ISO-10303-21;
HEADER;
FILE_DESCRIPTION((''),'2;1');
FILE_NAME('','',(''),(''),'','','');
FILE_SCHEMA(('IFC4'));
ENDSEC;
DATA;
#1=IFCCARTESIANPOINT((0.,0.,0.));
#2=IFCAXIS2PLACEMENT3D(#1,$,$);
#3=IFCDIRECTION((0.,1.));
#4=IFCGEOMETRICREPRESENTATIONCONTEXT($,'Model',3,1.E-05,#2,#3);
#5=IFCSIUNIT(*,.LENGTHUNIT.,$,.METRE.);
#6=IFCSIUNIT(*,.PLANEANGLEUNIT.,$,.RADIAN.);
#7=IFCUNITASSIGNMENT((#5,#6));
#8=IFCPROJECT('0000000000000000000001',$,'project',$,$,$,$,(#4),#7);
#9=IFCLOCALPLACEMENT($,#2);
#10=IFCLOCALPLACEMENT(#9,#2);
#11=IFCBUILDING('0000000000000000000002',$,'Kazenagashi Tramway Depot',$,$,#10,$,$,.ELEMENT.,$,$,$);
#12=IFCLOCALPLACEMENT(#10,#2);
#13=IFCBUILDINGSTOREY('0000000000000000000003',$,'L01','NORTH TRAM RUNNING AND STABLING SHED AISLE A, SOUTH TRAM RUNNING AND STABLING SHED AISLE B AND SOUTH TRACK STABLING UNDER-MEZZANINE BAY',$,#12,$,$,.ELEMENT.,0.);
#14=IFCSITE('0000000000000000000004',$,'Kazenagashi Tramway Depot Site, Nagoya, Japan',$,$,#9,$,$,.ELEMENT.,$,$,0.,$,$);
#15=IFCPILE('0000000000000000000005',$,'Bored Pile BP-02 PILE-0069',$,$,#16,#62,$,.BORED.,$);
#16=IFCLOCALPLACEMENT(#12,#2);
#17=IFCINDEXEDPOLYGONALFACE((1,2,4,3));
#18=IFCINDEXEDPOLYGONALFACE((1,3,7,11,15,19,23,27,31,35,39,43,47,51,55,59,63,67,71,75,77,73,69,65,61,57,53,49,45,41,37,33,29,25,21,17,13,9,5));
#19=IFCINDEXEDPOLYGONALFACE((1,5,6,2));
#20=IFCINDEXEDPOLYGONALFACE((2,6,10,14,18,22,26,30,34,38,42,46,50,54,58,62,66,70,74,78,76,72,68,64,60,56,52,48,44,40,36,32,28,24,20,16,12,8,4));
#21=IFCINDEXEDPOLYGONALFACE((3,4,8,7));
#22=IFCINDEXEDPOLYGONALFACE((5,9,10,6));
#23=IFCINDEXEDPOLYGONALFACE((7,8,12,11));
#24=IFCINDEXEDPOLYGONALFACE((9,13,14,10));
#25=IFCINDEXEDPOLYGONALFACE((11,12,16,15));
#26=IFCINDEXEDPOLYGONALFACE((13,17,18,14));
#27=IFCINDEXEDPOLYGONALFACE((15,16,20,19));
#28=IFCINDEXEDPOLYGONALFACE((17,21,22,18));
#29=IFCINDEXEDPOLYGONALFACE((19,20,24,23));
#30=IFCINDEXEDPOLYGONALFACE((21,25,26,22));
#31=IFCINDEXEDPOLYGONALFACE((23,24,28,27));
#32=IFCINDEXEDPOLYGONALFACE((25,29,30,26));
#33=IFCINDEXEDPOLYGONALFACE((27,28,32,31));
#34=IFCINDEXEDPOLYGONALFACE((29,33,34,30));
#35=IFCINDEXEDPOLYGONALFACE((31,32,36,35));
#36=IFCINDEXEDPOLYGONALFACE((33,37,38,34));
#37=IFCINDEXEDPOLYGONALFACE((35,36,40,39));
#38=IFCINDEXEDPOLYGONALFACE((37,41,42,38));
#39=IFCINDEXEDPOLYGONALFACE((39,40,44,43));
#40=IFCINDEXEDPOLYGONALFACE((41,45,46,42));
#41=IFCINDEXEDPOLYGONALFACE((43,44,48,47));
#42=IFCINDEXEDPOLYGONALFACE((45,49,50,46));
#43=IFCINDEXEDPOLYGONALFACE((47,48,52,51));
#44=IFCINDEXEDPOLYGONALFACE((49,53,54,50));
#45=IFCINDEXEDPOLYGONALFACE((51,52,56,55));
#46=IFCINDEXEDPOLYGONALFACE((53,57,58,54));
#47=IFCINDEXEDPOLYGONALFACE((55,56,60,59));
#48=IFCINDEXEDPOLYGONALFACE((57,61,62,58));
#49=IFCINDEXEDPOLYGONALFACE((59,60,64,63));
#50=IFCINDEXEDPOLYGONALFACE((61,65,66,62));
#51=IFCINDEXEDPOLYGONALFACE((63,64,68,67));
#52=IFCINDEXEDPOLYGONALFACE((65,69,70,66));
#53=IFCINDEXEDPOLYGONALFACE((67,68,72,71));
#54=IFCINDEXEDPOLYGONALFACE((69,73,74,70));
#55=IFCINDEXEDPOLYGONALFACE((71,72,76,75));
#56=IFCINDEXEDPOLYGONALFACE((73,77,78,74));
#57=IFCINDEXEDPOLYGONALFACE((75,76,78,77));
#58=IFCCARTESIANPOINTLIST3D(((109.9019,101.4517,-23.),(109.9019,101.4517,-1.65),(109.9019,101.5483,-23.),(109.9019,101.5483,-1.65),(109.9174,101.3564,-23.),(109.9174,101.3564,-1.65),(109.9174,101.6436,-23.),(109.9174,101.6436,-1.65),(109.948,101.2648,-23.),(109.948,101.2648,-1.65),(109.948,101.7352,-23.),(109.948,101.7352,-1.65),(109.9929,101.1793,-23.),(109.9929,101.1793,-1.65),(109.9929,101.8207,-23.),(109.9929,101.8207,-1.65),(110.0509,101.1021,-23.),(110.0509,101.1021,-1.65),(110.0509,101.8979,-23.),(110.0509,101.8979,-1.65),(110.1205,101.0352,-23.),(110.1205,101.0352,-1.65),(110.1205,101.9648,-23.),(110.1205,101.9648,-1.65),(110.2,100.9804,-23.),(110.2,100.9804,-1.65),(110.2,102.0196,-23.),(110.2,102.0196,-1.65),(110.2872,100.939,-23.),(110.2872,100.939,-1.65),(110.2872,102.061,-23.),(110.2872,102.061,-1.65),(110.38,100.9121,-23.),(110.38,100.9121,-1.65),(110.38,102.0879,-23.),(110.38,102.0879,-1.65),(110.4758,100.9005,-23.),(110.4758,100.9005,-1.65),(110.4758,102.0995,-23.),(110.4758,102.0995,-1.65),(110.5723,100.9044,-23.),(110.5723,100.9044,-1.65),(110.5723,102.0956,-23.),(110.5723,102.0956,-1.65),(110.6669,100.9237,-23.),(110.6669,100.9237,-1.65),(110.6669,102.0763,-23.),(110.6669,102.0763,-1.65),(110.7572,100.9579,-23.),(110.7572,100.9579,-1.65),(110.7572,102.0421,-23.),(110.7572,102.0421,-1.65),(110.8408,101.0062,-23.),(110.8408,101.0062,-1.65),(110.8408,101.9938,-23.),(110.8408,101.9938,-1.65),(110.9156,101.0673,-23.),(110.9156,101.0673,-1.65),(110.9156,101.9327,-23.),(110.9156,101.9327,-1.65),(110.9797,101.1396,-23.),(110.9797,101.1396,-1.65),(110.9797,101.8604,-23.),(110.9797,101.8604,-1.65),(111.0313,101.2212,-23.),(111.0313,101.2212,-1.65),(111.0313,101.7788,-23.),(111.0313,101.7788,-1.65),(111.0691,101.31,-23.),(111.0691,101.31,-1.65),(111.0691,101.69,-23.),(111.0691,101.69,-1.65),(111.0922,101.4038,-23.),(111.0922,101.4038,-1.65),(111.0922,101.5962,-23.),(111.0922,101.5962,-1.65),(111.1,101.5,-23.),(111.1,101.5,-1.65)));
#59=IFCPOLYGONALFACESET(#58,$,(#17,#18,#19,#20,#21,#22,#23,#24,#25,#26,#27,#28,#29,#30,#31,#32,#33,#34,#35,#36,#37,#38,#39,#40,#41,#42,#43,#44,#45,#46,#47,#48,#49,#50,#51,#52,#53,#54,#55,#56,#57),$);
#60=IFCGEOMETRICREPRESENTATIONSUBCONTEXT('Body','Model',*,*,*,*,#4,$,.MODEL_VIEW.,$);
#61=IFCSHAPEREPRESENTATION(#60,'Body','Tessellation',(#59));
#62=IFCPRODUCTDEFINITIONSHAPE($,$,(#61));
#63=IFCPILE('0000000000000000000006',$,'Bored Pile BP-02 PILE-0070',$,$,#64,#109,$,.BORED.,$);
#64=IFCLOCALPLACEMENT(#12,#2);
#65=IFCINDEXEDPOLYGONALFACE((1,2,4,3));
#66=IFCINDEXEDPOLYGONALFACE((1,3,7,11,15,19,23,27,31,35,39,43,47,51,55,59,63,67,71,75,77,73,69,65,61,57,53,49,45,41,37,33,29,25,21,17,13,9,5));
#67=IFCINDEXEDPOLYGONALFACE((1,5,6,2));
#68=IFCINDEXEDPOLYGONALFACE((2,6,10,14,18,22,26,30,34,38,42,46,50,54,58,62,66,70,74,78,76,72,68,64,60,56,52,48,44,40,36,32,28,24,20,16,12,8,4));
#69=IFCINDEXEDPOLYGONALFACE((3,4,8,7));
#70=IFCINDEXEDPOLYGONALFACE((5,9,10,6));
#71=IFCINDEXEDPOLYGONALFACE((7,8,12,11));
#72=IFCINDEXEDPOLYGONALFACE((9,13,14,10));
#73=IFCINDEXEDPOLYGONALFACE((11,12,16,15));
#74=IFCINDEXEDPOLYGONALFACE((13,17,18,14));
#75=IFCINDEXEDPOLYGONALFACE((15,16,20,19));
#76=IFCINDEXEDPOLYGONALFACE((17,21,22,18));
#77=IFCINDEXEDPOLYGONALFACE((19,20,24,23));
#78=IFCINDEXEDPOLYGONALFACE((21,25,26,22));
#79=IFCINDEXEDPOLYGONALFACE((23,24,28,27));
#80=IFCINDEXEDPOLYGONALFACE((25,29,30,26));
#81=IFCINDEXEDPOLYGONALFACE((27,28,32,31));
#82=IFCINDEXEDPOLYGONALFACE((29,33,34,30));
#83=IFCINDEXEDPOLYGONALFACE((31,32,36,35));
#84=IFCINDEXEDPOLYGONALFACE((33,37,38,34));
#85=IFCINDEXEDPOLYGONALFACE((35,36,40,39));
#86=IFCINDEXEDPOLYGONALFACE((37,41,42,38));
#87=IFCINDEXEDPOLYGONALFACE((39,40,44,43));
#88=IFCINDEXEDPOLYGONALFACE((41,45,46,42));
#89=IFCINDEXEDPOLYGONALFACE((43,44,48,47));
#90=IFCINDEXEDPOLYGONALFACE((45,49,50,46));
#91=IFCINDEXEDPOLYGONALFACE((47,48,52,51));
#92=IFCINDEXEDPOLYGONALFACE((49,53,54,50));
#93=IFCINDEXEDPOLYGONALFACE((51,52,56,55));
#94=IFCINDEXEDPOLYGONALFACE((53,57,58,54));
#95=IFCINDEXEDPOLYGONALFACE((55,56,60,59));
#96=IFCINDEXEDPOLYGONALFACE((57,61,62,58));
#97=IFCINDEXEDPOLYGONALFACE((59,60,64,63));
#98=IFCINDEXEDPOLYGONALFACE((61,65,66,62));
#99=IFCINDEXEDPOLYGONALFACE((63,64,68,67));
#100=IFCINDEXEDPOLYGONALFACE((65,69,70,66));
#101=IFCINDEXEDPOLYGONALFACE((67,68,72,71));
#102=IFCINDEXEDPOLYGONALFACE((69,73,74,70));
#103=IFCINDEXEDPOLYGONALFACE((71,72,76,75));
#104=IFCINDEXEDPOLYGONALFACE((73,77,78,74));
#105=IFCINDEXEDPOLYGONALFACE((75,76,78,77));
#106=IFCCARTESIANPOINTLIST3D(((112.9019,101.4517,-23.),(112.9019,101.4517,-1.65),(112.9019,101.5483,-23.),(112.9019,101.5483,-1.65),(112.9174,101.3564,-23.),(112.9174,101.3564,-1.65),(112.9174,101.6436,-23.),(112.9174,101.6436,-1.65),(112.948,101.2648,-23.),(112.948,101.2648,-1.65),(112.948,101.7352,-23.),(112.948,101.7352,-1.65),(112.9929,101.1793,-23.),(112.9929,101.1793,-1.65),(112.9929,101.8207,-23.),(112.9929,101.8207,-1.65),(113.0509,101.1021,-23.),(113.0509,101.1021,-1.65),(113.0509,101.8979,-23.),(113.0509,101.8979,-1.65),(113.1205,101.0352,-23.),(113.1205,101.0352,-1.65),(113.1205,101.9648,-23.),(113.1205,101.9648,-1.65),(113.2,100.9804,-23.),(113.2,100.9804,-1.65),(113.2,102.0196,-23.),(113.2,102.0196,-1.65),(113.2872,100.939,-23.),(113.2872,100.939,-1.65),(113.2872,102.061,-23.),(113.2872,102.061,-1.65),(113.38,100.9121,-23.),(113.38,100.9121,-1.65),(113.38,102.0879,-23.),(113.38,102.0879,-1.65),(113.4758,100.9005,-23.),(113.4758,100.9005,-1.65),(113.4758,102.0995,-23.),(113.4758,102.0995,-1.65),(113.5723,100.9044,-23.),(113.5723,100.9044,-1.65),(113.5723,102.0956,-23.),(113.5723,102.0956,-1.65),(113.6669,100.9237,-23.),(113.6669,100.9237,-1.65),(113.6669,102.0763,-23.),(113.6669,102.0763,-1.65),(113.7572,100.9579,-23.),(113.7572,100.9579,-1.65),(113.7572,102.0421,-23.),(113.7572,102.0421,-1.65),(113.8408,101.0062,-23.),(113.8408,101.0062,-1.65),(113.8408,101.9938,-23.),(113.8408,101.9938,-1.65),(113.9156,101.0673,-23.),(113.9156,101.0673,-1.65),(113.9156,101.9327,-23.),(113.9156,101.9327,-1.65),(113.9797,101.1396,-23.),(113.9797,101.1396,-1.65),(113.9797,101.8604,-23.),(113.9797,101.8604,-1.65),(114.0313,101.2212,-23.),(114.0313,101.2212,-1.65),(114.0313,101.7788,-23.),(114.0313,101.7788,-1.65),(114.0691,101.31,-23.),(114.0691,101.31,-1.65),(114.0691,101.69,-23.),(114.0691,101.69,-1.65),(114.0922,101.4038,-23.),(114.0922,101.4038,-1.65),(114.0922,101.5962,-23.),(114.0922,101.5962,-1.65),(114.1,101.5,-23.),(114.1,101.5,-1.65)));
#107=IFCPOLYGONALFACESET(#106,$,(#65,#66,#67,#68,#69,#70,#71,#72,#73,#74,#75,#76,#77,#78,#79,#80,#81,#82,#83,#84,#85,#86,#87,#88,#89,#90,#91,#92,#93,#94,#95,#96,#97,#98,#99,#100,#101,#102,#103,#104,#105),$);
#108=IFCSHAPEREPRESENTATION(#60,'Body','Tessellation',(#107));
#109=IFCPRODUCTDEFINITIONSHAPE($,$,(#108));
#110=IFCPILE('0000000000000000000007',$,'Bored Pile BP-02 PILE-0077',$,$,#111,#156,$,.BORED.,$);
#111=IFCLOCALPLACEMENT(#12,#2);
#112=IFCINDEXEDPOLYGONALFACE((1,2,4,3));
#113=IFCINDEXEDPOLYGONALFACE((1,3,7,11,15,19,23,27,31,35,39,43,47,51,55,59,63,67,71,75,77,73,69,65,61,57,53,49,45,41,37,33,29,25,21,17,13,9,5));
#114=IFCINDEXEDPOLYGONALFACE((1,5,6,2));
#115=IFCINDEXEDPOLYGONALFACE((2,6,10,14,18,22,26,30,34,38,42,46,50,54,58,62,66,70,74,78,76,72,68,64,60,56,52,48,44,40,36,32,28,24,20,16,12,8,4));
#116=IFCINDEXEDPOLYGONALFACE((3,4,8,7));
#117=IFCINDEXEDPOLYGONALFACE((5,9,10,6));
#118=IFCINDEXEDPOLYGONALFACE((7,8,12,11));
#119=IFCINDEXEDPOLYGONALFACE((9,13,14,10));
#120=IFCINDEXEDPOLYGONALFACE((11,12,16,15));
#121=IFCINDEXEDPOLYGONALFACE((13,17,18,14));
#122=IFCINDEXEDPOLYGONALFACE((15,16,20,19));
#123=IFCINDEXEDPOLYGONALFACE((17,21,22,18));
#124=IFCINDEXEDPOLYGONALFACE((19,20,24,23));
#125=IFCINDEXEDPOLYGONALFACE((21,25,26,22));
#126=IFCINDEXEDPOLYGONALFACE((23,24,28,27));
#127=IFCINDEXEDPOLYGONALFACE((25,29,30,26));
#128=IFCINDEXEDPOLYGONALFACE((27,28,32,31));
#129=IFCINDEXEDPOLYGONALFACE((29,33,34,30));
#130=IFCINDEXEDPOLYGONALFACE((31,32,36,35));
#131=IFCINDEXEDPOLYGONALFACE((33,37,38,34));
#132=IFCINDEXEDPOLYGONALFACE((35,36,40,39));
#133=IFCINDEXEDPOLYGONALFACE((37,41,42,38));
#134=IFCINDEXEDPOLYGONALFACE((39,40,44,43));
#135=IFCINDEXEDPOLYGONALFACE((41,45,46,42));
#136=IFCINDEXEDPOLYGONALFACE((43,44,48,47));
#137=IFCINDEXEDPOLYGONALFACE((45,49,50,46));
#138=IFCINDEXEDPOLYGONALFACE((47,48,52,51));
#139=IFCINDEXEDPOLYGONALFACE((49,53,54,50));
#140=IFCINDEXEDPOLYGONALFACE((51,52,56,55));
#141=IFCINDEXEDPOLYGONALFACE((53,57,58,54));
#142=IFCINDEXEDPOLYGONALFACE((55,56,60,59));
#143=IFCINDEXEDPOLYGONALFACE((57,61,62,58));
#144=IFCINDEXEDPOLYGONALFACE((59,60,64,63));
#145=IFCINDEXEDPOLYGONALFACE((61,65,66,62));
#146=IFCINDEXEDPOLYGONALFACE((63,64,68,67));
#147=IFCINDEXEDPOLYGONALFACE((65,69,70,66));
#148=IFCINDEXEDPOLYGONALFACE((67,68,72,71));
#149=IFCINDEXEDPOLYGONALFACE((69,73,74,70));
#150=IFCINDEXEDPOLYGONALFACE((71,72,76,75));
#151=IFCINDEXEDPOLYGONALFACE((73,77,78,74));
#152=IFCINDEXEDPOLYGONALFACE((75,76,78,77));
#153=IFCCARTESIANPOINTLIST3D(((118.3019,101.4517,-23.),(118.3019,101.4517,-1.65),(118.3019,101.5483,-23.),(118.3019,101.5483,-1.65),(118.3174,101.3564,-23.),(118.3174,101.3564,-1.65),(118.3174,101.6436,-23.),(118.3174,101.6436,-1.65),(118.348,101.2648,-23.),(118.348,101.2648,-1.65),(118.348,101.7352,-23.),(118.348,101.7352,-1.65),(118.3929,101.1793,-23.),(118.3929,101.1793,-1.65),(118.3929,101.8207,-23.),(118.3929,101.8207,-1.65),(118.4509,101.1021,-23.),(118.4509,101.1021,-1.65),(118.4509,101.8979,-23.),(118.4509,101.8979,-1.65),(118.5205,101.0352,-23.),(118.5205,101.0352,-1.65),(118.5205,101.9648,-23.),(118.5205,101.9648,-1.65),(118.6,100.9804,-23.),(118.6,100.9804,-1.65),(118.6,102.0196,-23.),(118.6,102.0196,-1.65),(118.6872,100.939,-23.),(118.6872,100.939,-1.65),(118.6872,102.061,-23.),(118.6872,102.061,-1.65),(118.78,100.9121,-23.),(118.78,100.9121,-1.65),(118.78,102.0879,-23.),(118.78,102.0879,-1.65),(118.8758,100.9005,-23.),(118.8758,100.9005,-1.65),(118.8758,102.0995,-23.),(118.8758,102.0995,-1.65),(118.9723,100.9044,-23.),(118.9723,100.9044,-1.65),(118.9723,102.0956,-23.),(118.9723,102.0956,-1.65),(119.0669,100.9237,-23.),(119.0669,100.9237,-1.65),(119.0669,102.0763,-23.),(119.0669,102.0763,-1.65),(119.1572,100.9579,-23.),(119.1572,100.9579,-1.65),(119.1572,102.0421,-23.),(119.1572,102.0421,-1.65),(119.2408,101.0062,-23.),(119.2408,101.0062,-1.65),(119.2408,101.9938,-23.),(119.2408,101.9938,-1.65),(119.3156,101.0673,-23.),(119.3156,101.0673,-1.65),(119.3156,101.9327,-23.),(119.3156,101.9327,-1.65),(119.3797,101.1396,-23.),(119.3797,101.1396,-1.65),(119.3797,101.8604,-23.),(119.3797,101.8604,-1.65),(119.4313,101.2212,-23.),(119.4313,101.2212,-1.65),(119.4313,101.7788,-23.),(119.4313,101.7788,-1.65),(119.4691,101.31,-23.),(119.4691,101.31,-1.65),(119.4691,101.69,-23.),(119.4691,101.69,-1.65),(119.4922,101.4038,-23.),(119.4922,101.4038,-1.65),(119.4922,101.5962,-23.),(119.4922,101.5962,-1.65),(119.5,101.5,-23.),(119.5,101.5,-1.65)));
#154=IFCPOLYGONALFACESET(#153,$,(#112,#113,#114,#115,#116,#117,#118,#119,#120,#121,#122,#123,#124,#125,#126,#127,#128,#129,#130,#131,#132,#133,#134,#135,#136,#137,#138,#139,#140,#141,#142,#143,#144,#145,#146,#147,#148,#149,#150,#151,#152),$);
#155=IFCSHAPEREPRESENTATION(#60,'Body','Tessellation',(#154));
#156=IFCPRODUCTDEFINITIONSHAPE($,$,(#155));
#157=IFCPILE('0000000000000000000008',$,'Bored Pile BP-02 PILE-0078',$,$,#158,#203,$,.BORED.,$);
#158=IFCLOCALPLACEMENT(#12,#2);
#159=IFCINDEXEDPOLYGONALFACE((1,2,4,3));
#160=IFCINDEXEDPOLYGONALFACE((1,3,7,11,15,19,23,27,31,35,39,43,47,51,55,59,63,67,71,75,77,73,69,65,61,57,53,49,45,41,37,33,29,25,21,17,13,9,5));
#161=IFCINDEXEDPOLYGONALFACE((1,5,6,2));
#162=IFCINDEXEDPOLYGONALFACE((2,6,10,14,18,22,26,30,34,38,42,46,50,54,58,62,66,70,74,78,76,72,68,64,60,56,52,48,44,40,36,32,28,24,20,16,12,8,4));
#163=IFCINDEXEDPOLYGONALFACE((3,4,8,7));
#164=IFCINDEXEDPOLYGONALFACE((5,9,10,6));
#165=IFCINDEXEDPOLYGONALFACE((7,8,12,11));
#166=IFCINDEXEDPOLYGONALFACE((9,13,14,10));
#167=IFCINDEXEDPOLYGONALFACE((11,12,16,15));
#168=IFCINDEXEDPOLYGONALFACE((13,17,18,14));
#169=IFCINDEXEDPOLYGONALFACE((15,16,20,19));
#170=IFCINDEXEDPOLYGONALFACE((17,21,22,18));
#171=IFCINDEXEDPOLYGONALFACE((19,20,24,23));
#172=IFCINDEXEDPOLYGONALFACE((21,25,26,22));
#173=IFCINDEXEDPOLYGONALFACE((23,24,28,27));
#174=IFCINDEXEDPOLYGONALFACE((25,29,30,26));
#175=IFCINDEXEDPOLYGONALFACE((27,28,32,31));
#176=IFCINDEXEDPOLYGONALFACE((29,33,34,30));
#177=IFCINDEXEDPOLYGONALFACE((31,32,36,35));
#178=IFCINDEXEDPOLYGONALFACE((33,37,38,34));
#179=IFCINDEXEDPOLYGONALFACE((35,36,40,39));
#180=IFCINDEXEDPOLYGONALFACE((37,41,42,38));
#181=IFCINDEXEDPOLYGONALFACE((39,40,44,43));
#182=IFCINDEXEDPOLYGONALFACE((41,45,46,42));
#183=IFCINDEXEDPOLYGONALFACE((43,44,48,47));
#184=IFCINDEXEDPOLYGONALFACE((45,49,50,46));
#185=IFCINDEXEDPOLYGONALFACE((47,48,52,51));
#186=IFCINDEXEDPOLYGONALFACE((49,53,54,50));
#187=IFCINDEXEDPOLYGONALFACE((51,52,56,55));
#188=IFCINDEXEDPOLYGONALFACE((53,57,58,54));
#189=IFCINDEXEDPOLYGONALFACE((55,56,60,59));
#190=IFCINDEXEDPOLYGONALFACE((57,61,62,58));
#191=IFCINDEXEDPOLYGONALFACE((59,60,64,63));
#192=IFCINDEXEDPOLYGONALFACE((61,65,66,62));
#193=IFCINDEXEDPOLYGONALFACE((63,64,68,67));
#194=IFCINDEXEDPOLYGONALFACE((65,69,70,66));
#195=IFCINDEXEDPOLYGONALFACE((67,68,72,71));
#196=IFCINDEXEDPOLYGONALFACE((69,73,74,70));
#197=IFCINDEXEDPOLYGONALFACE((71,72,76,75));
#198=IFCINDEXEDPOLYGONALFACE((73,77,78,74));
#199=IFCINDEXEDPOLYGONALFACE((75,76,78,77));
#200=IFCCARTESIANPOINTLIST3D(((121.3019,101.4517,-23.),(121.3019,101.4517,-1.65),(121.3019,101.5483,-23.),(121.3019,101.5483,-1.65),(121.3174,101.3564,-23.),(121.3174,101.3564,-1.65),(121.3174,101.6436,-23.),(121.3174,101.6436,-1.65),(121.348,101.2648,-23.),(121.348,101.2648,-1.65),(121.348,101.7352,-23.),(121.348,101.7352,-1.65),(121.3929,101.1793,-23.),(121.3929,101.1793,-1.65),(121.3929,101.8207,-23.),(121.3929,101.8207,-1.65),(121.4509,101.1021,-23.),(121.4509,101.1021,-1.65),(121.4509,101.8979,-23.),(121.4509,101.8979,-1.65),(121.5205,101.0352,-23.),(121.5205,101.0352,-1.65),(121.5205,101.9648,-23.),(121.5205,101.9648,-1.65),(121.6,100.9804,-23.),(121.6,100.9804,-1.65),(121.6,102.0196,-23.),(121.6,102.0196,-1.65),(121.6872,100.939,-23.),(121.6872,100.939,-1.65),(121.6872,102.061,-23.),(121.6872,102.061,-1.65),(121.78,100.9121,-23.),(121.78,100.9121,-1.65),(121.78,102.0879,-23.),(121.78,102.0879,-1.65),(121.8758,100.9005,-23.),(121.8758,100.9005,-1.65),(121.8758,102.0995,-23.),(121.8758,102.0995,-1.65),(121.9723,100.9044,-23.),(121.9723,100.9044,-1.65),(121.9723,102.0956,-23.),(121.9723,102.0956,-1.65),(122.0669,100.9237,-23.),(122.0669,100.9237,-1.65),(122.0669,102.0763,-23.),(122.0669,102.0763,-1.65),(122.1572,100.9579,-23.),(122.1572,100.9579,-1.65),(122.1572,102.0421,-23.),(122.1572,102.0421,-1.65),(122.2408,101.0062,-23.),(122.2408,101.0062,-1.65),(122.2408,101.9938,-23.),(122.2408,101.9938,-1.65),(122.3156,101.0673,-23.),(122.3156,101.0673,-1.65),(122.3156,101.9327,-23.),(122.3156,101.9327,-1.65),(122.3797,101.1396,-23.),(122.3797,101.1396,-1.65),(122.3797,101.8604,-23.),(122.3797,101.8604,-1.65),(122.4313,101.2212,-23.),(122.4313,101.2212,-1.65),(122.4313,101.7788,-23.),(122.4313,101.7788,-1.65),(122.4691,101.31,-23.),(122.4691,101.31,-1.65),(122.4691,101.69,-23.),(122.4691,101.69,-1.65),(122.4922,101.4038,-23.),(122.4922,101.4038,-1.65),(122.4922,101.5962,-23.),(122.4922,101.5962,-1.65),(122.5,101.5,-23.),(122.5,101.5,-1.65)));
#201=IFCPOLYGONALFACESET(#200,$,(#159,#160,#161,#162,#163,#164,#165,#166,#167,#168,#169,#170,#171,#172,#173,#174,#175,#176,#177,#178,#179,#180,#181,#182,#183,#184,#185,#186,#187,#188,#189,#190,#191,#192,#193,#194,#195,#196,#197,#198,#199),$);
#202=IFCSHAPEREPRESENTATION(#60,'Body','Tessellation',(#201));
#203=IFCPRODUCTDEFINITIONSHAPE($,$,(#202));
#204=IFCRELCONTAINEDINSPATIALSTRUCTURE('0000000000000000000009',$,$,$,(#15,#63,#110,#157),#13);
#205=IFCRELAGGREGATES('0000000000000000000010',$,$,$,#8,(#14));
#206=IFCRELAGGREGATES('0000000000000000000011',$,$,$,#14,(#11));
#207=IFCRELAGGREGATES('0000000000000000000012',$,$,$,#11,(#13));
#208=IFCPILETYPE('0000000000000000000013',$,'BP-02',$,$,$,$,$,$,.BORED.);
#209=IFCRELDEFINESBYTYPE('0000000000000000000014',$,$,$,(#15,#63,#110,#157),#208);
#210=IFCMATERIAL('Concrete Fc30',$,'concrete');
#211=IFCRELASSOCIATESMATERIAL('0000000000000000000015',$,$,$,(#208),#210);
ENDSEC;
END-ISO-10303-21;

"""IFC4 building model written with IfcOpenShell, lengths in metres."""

from ifc_helpers import new_model, si_unit, direction, frame, origin, origin_2d, place, context, subcontext, project, spatial, circle, extrude, material, material_profile, profile_set, type_object, element, save


model = new_model("IFC4")

# Units and contexts
model_context = context("Model", 3, precision=1e-05, world=origin(), true_north=direction((0.0, 1.0)))
body_context = subcontext(model_context, "Body", "Model", "MODEL_VIEW")
ifc_project = project(units=[si_unit("LENGTHUNIT", "METRE"), si_unit("PLANEANGLEUNIT", "RADIAN")], contexts=[model_context])

# Site, building, storey
site_placement = place(None, origin())
site = spatial("IfcSite", under=ifc_project, at=site_placement, Name="Kazenagashi Tramway Depot Site, Nagoya, Japan", CompositionType="ELEMENT", RefElevation=0.0)
building_placement = place(site_placement, origin())
building = spatial("IfcBuilding", under=site, at=building_placement, Name="Kazenagashi Tramway Depot", CompositionType="ELEMENT")
storey_placement = place(building_placement, origin())
storey = spatial("IfcBuildingStorey", under=building, at=storey_placement, Name="L01", Description="NORTH TRAM RUNNING AND STABLING SHED AISLE A, SOUTH TRAM RUNNING AND STABLING SHED AISLE B AND SOUTH TRACK STABLING UNDER-MEZZANINE BAY", CompositionType="ELEMENT", Elevation=0.0)

# Piles
ifc_material_1 = material(Name="Concrete Fc30", Category="concrete")
ifc_material_profile_1 = material_profile(ifc_material_1, circle(Radius=0.6, at=origin_2d()), Name="PILE-1200")
ifc_profile_set_1 = profile_set([ifc_material_profile_1], Name="Concrete Fc30")
pile_type = type_object("IfcPileType", Name="BP-02", PredefinedType="BORED", material=ifc_profile_set_1)
for number, where, z_axis, x_axis, name in (
    (1, (110.5, 101.5, -1.65), (0.0, 0.0, -1.0), (1.0, 0.0, 0.0), "Bored Pile BP-02 PILE-0069"),
    (2, (113.5, 101.5, -1.65), (0.0, 0.0, -1.0), (1.0, 0.0, 0.0), "Bored Pile BP-02 PILE-0070"),
    (3, (118.9, 101.5, -1.65), (0.0, 0.0, -1.0), (1.0, 0.0, 0.0), "Bored Pile BP-02 PILE-0077"),
    (4, (121.9, 101.5, -1.65), (0.0, 0.0, -1.0), (1.0, 0.0, 0.0), "Bored Pile BP-02 PILE-0078"),
):
    element("IfcPile", number, at=place(storey_placement, frame(where, z_axis=z_axis, x_axis=x_axis)), inside=storey, type_object=pile_type, Name=name, PredefinedType="BORED", context=body_context, shape_type="SweptSolid", body=[
        extrude(circle(Radius=0.6, at=origin_2d()), origin(), (0.0, 0.0, 1.0), 21.35),
    ])

save(model, "model.ifc")
